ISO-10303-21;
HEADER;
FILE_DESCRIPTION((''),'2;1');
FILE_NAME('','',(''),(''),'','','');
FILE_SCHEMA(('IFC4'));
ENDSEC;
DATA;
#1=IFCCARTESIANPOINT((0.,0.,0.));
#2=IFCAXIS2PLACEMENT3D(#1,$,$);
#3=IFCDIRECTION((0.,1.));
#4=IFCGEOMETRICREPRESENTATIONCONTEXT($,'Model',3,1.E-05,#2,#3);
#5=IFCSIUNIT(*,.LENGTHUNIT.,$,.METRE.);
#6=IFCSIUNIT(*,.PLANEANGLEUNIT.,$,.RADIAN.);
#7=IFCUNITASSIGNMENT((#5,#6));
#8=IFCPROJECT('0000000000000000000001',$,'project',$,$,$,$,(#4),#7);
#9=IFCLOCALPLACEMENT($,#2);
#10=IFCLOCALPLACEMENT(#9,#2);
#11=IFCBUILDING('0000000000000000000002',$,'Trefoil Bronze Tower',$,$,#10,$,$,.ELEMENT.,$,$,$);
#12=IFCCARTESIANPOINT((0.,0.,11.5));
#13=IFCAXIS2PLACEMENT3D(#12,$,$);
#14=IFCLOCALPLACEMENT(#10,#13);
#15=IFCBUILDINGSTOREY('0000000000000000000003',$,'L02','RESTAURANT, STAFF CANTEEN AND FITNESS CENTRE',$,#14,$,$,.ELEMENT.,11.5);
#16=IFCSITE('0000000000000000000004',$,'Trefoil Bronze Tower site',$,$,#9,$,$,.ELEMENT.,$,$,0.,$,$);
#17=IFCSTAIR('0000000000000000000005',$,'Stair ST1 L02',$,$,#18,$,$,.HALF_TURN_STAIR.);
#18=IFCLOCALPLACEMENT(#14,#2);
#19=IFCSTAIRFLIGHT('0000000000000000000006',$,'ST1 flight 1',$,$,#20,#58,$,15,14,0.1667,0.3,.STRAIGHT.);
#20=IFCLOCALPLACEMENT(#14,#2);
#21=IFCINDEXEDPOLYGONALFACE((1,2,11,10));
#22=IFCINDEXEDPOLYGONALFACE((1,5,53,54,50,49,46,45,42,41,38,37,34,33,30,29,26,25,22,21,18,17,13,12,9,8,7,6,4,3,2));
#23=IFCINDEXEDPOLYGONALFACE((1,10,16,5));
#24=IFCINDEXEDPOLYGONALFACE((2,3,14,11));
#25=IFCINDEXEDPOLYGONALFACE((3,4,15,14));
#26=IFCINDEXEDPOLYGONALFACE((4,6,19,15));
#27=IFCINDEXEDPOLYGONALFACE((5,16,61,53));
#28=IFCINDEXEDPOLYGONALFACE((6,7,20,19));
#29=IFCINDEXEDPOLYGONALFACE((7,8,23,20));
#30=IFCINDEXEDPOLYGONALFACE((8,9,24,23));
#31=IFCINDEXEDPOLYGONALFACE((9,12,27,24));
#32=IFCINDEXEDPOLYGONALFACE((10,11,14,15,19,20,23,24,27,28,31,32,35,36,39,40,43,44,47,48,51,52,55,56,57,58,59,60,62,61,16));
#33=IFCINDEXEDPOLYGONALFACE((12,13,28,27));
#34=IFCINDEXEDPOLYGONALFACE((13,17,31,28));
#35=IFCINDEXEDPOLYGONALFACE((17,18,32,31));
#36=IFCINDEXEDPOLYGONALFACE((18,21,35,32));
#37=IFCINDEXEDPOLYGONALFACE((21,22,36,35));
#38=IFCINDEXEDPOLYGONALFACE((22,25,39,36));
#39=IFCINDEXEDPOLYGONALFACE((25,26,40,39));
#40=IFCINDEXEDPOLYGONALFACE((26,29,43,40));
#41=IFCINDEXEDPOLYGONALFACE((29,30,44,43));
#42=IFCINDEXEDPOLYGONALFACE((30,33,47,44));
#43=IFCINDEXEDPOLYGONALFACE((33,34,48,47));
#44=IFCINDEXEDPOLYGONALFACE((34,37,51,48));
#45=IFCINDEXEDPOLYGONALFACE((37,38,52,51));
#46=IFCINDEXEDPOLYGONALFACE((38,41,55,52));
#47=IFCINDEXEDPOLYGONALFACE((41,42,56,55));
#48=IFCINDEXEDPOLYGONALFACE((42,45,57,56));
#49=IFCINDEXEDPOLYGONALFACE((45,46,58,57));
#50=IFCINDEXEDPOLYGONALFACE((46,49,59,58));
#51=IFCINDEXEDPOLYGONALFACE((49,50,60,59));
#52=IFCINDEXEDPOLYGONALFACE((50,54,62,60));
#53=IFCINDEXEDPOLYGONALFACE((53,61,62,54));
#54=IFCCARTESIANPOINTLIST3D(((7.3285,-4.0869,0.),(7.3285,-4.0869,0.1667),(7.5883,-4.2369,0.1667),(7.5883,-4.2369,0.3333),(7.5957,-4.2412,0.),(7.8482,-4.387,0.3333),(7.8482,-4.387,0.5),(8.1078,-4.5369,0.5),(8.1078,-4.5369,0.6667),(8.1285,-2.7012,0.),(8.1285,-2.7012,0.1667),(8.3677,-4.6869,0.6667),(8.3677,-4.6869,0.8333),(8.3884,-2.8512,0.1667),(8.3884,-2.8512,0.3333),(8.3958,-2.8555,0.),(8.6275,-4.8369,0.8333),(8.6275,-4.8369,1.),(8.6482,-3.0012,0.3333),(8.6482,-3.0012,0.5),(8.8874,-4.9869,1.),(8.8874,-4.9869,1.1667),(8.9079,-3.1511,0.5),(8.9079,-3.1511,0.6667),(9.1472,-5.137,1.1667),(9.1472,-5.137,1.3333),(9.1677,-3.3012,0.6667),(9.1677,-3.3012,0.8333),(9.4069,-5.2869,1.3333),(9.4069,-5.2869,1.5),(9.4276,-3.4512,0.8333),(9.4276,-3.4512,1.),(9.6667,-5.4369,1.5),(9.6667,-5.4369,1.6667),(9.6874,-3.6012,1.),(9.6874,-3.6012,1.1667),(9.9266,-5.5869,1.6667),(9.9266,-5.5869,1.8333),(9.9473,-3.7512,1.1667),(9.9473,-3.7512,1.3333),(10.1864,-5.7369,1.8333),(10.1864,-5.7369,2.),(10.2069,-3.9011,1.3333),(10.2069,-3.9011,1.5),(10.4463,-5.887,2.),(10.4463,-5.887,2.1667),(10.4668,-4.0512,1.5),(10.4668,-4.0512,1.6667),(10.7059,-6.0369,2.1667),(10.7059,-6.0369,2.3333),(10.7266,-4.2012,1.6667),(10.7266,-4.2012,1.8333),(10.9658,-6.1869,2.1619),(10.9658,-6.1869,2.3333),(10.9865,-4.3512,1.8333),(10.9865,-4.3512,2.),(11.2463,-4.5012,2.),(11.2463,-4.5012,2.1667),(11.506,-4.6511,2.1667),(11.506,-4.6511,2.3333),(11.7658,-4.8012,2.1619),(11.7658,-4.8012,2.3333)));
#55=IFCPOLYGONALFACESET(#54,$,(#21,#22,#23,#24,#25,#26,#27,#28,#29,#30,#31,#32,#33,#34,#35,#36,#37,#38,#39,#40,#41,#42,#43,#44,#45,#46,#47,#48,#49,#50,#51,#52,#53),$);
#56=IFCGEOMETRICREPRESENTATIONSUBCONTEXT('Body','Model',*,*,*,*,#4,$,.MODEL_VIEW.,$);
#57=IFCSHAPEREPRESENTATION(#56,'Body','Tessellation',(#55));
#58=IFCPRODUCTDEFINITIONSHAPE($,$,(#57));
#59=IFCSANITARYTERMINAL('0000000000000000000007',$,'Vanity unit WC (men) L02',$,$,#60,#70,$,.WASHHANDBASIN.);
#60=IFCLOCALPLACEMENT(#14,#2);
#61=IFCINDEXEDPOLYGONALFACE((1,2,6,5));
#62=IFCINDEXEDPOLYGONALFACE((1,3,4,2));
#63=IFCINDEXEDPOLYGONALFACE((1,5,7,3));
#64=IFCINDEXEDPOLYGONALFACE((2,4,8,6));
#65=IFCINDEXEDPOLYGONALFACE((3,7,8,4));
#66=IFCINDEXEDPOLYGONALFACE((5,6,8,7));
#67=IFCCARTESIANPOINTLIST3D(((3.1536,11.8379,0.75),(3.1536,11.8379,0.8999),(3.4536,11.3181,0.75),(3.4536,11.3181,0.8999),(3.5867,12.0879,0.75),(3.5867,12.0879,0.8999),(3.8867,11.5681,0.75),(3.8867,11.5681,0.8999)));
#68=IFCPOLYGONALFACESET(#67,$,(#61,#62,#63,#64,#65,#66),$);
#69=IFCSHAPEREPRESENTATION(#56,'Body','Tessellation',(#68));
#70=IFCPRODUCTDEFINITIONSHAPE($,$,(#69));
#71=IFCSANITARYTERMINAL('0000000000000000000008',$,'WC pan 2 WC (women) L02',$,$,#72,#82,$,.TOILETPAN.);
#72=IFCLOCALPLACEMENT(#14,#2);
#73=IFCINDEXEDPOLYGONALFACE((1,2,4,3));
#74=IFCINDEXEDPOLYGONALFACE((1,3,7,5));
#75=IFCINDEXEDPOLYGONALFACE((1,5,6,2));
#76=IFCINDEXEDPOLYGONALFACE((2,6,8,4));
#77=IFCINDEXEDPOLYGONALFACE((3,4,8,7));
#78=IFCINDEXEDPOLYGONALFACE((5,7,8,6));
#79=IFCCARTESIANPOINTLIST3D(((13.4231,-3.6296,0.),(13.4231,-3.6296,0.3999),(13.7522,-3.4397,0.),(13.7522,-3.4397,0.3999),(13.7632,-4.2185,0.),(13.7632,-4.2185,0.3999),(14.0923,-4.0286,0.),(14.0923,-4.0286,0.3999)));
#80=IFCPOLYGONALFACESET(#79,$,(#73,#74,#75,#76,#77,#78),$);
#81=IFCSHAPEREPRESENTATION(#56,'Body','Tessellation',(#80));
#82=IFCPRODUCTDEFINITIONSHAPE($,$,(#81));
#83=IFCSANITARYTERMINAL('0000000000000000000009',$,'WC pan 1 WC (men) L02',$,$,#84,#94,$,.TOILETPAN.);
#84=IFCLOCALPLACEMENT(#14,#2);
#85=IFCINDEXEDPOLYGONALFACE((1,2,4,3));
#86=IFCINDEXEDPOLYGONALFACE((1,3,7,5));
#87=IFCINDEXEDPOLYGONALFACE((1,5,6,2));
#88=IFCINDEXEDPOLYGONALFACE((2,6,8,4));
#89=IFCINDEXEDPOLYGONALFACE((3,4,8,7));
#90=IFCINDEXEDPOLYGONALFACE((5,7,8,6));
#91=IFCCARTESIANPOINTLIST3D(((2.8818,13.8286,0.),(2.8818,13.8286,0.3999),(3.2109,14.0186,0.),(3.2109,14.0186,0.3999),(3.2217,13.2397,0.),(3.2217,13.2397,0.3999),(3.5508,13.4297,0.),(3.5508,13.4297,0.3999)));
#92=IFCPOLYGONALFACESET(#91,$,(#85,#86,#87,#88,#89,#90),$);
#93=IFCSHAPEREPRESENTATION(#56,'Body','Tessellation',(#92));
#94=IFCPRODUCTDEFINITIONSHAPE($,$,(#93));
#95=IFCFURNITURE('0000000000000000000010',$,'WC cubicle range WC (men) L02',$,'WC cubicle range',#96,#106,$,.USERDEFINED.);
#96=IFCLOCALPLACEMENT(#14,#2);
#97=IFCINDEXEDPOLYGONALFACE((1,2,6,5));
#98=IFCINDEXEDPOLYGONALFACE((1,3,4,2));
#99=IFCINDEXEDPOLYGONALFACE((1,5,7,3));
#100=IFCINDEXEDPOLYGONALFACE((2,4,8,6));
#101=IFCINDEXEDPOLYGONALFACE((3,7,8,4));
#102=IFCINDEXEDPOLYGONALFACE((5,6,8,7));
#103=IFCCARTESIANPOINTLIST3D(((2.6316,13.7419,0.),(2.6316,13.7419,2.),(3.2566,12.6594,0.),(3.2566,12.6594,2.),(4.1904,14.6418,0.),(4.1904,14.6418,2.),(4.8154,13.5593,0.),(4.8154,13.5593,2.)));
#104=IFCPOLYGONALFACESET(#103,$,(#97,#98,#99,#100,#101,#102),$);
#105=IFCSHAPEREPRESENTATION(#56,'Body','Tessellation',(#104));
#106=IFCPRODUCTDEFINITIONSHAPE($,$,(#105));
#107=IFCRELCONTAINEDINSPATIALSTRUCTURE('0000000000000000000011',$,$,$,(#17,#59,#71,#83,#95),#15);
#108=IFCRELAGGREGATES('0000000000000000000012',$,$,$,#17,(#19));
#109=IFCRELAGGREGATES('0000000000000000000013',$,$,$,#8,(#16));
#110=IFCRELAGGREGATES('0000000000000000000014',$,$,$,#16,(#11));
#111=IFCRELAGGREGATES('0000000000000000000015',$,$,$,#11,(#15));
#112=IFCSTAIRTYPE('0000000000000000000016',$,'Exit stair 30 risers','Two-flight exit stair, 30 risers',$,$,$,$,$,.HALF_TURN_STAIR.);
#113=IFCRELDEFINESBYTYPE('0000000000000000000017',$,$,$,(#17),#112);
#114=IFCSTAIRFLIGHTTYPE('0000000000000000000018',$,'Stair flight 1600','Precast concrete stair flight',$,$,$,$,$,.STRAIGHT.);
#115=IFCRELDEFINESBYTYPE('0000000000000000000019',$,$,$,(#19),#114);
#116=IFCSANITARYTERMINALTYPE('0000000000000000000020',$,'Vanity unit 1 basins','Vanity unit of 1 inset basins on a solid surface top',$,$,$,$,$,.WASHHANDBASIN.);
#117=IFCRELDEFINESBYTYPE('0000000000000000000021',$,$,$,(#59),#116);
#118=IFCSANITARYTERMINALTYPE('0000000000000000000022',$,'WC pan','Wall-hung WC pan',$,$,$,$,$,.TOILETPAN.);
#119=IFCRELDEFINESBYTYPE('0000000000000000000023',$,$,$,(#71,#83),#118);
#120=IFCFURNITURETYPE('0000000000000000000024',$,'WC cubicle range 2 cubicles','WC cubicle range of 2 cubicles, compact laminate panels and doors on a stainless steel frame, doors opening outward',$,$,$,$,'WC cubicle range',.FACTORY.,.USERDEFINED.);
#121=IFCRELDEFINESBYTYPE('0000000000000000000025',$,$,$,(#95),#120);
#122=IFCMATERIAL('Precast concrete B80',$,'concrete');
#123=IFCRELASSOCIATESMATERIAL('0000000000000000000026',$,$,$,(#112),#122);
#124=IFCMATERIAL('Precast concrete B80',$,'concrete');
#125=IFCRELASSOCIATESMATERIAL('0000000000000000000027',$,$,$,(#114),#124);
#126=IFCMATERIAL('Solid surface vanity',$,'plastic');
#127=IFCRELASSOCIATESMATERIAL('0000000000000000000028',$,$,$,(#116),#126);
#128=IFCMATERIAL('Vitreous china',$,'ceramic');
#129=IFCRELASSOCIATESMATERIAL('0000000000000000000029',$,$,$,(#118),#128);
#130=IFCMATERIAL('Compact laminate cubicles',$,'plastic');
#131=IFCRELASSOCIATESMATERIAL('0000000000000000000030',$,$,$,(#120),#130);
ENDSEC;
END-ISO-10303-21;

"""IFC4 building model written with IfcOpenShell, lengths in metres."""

from ifc_helpers import new_model, si_unit, direction, frame, origin, place, context, subcontext, project, spatial, polyline, outline, extrude, material, type_object, element, aggregate, save


model = new_model("IFC4")

# Units and contexts
model_context = context("Model", 3, precision=1e-05, world=origin(), true_north=direction((0.0, 1.0)))
body_context = subcontext(model_context, "Body", "Model", "MODEL_VIEW")
ifc_project = project(units=[si_unit("LENGTHUNIT", "METRE"), si_unit("PLANEANGLEUNIT", "RADIAN")], contexts=[model_context])

# Site, building, storey
site_placement = place(None, origin())
site = spatial("IfcSite", under=ifc_project, at=site_placement, Name="Trefoil Bronze Tower site", CompositionType="ELEMENT", RefElevation=0.0)
building_placement = place(site_placement, origin())
building = spatial("IfcBuilding", under=site, at=building_placement, Name="Trefoil Bronze Tower", CompositionType="ELEMENT")
storey_placement = place(building_placement, frame((0.0, 0.0, 11.5)))
storey = spatial("IfcBuildingStorey", under=building, at=storey_placement, Name="L02", Description="RESTAURANT, STAFF CANTEEN AND FITNESS CENTRE", CompositionType="ELEMENT", Elevation=11.5)

# Stair, stair flight
ifc_material_1 = material(Name="Precast concrete B80", Category="concrete")
stair_type = type_object("IfcStairType", Name="Exit stair 30 risers", Description="Two-flight exit stair, 30 risers", PredefinedType="HALF_TURN_STAIR", material=ifc_material_1)
stair_placement = place(storey_placement, origin())
stair = element("IfcStair", 1, at=stair_placement, inside=storey, type_object=stair_type, Name="Stair ST1 L02", PredefinedType="HALF_TURN_STAIR")
ifc_material_2 = material(Name="Precast concrete B80", Category="concrete")
stair_flight_type = type_object("IfcStairFlightType", Name="Stair flight 1600", Description="Precast concrete stair flight", PredefinedType="STRAIGHT", material=ifc_material_2)
stair_flight_placement = place(storey_placement, frame((7.7285, -3.394, 0.0), z_axis=(0.0, 0.0, 1.0), x_axis=(0.866025, -0.5, 0.0)))
stair_flight = element("IfcStairFlight", 2, at=stair_flight_placement, type_object=stair_flight_type, Name="ST1 flight 1", NumberOfRisers=15, NumberOfTreads=14, PredefinedType="STRAIGHT", RiserHeight=0.1667, TreadLength=0.3, context=body_context, shape_type="SweptSolid", body=[
    extrude(outline(polyline([(0.0, 0.0), (0.0, 0.1667), (0.3, 0.1667), (0.3, 0.3333), (0.6001, 0.3333), (0.6001, 0.5), (0.8999, 0.5), (0.8999, 0.6667), (1.2, 0.6667), (1.2, 0.8333), (1.5, 0.8333), (1.5, 1.0), (1.8, 1.0), (1.8, 1.1667), (2.1001, 1.1667), (2.1001, 1.3333), (2.3999, 1.3333), (2.3999, 1.5), (2.7, 1.5), (2.7, 1.6667), (3.0, 1.6667), (3.0, 1.8333), (3.3, 1.8333), (3.3, 2.0), (3.6001, 2.0), (3.6001, 2.1667), (3.8999, 2.1667), (3.8999, 2.3333), (4.2, 2.3333), (4.2, 2.5), (4.2, 2.1619), (0.3086, 0.0), (0.0, 0.0)])), frame((0.0, 0.8, 0.0), z_axis=(0.0, -1.0, 0.0), x_axis=(1.0, 0.0, 0.0)), (0.0, 0.0, 1.0), 1.6001),
])
aggregate(stair, [stair_flight])

# Sanitary terminals
ifc_material_3 = material(Name="Solid surface vanity", Category="plastic")
sanitary_terminal_type_1 = type_object("IfcSanitaryTerminalType", Name="Vanity unit 1 basins", Description="Vanity unit of 1 inset basins on a solid surface top", PredefinedType="WASHHANDBASIN", material=ifc_material_3)
sanitary_terminal_1_placement = place(storey_placement, frame((0.0, 0.0, 0.75)))
element("IfcSanitaryTerminal", 3, at=sanitary_terminal_1_placement, inside=storey, type_object=sanitary_terminal_type_1, Name="Vanity unit WC (men) L02", PredefinedType="WASHHANDBASIN", context=body_context, shape_type="SweptSolid", body=[
    extrude(outline(polyline([(3.4536, 11.3181), (3.1536, 11.8379), (3.5867, 12.0879), (3.8867, 11.5681), (3.4536, 11.3181)])), origin(), (0.0, 0.0, 1.0), 0.1499),
])
ifc_material_4 = material(Name="Vitreous china", Category="ceramic")
sanitary_terminal_type_2 = type_object("IfcSanitaryTerminalType", Name="WC pan", Description="Wall-hung WC pan", PredefinedType="TOILETPAN", material=ifc_material_4)
sanitary_terminal_2_placement = place(storey_placement, origin())
element("IfcSanitaryTerminal", 4, at=sanitary_terminal_2_placement, inside=storey, type_object=sanitary_terminal_type_2, Name="WC pan 2 WC (women) L02", PredefinedType="TOILETPAN", context=body_context, shape_type="SweptSolid", body=[
    extrude(outline(polyline([(13.4231, -3.6296), (13.7632, -4.2185), (14.0923, -4.0286), (13.7522, -3.4397), (13.4231, -3.6296)])), origin(), (0.0, 0.0, 1.0), 0.3999),
])
sanitary_terminal_3_placement = place(storey_placement, origin())
element("IfcSanitaryTerminal", 5, at=sanitary_terminal_3_placement, inside=storey, type_object=sanitary_terminal_type_2, Name="WC pan 1 WC (men) L02", PredefinedType="TOILETPAN", context=body_context, shape_type="SweptSolid", body=[
    extrude(outline(polyline([(3.2217, 13.2397), (2.8818, 13.8286), (3.2109, 14.0186), (3.5508, 13.4297), (3.2217, 13.2397)])), origin(), (0.0, 0.0, 1.0), 0.3999),
])

# Furniture
ifc_material_5 = material(Name="Compact laminate cubicles", Category="plastic")
furniture_type = type_object("IfcFurnitureType", Name="WC cubicle range 2 cubicles", Description="WC cubicle range of 2 cubicles, compact laminate panels and doors on a stainless steel frame, doors opening outward", ElementType="WC cubicle range", AssemblyPlace="FACTORY", PredefinedType="USERDEFINED", material=ifc_material_5)
furniture_placement = place(storey_placement, origin())
element("IfcFurniture", 6, at=furniture_placement, inside=storey, type_object=furniture_type, Name="WC cubicle range WC (men) L02", ObjectType="WC cubicle range", PredefinedType="USERDEFINED", context=body_context, shape_type="SweptSolid", body=[
    extrude(outline(polyline([(3.2566, 12.6594), (2.6316, 13.7419), (4.1904, 14.6418), (4.8154, 13.5593), (3.2566, 12.6594)])), origin(), (0.0, 0.0, 1.0), 2.0),
])

save(model, "model.ifc")
